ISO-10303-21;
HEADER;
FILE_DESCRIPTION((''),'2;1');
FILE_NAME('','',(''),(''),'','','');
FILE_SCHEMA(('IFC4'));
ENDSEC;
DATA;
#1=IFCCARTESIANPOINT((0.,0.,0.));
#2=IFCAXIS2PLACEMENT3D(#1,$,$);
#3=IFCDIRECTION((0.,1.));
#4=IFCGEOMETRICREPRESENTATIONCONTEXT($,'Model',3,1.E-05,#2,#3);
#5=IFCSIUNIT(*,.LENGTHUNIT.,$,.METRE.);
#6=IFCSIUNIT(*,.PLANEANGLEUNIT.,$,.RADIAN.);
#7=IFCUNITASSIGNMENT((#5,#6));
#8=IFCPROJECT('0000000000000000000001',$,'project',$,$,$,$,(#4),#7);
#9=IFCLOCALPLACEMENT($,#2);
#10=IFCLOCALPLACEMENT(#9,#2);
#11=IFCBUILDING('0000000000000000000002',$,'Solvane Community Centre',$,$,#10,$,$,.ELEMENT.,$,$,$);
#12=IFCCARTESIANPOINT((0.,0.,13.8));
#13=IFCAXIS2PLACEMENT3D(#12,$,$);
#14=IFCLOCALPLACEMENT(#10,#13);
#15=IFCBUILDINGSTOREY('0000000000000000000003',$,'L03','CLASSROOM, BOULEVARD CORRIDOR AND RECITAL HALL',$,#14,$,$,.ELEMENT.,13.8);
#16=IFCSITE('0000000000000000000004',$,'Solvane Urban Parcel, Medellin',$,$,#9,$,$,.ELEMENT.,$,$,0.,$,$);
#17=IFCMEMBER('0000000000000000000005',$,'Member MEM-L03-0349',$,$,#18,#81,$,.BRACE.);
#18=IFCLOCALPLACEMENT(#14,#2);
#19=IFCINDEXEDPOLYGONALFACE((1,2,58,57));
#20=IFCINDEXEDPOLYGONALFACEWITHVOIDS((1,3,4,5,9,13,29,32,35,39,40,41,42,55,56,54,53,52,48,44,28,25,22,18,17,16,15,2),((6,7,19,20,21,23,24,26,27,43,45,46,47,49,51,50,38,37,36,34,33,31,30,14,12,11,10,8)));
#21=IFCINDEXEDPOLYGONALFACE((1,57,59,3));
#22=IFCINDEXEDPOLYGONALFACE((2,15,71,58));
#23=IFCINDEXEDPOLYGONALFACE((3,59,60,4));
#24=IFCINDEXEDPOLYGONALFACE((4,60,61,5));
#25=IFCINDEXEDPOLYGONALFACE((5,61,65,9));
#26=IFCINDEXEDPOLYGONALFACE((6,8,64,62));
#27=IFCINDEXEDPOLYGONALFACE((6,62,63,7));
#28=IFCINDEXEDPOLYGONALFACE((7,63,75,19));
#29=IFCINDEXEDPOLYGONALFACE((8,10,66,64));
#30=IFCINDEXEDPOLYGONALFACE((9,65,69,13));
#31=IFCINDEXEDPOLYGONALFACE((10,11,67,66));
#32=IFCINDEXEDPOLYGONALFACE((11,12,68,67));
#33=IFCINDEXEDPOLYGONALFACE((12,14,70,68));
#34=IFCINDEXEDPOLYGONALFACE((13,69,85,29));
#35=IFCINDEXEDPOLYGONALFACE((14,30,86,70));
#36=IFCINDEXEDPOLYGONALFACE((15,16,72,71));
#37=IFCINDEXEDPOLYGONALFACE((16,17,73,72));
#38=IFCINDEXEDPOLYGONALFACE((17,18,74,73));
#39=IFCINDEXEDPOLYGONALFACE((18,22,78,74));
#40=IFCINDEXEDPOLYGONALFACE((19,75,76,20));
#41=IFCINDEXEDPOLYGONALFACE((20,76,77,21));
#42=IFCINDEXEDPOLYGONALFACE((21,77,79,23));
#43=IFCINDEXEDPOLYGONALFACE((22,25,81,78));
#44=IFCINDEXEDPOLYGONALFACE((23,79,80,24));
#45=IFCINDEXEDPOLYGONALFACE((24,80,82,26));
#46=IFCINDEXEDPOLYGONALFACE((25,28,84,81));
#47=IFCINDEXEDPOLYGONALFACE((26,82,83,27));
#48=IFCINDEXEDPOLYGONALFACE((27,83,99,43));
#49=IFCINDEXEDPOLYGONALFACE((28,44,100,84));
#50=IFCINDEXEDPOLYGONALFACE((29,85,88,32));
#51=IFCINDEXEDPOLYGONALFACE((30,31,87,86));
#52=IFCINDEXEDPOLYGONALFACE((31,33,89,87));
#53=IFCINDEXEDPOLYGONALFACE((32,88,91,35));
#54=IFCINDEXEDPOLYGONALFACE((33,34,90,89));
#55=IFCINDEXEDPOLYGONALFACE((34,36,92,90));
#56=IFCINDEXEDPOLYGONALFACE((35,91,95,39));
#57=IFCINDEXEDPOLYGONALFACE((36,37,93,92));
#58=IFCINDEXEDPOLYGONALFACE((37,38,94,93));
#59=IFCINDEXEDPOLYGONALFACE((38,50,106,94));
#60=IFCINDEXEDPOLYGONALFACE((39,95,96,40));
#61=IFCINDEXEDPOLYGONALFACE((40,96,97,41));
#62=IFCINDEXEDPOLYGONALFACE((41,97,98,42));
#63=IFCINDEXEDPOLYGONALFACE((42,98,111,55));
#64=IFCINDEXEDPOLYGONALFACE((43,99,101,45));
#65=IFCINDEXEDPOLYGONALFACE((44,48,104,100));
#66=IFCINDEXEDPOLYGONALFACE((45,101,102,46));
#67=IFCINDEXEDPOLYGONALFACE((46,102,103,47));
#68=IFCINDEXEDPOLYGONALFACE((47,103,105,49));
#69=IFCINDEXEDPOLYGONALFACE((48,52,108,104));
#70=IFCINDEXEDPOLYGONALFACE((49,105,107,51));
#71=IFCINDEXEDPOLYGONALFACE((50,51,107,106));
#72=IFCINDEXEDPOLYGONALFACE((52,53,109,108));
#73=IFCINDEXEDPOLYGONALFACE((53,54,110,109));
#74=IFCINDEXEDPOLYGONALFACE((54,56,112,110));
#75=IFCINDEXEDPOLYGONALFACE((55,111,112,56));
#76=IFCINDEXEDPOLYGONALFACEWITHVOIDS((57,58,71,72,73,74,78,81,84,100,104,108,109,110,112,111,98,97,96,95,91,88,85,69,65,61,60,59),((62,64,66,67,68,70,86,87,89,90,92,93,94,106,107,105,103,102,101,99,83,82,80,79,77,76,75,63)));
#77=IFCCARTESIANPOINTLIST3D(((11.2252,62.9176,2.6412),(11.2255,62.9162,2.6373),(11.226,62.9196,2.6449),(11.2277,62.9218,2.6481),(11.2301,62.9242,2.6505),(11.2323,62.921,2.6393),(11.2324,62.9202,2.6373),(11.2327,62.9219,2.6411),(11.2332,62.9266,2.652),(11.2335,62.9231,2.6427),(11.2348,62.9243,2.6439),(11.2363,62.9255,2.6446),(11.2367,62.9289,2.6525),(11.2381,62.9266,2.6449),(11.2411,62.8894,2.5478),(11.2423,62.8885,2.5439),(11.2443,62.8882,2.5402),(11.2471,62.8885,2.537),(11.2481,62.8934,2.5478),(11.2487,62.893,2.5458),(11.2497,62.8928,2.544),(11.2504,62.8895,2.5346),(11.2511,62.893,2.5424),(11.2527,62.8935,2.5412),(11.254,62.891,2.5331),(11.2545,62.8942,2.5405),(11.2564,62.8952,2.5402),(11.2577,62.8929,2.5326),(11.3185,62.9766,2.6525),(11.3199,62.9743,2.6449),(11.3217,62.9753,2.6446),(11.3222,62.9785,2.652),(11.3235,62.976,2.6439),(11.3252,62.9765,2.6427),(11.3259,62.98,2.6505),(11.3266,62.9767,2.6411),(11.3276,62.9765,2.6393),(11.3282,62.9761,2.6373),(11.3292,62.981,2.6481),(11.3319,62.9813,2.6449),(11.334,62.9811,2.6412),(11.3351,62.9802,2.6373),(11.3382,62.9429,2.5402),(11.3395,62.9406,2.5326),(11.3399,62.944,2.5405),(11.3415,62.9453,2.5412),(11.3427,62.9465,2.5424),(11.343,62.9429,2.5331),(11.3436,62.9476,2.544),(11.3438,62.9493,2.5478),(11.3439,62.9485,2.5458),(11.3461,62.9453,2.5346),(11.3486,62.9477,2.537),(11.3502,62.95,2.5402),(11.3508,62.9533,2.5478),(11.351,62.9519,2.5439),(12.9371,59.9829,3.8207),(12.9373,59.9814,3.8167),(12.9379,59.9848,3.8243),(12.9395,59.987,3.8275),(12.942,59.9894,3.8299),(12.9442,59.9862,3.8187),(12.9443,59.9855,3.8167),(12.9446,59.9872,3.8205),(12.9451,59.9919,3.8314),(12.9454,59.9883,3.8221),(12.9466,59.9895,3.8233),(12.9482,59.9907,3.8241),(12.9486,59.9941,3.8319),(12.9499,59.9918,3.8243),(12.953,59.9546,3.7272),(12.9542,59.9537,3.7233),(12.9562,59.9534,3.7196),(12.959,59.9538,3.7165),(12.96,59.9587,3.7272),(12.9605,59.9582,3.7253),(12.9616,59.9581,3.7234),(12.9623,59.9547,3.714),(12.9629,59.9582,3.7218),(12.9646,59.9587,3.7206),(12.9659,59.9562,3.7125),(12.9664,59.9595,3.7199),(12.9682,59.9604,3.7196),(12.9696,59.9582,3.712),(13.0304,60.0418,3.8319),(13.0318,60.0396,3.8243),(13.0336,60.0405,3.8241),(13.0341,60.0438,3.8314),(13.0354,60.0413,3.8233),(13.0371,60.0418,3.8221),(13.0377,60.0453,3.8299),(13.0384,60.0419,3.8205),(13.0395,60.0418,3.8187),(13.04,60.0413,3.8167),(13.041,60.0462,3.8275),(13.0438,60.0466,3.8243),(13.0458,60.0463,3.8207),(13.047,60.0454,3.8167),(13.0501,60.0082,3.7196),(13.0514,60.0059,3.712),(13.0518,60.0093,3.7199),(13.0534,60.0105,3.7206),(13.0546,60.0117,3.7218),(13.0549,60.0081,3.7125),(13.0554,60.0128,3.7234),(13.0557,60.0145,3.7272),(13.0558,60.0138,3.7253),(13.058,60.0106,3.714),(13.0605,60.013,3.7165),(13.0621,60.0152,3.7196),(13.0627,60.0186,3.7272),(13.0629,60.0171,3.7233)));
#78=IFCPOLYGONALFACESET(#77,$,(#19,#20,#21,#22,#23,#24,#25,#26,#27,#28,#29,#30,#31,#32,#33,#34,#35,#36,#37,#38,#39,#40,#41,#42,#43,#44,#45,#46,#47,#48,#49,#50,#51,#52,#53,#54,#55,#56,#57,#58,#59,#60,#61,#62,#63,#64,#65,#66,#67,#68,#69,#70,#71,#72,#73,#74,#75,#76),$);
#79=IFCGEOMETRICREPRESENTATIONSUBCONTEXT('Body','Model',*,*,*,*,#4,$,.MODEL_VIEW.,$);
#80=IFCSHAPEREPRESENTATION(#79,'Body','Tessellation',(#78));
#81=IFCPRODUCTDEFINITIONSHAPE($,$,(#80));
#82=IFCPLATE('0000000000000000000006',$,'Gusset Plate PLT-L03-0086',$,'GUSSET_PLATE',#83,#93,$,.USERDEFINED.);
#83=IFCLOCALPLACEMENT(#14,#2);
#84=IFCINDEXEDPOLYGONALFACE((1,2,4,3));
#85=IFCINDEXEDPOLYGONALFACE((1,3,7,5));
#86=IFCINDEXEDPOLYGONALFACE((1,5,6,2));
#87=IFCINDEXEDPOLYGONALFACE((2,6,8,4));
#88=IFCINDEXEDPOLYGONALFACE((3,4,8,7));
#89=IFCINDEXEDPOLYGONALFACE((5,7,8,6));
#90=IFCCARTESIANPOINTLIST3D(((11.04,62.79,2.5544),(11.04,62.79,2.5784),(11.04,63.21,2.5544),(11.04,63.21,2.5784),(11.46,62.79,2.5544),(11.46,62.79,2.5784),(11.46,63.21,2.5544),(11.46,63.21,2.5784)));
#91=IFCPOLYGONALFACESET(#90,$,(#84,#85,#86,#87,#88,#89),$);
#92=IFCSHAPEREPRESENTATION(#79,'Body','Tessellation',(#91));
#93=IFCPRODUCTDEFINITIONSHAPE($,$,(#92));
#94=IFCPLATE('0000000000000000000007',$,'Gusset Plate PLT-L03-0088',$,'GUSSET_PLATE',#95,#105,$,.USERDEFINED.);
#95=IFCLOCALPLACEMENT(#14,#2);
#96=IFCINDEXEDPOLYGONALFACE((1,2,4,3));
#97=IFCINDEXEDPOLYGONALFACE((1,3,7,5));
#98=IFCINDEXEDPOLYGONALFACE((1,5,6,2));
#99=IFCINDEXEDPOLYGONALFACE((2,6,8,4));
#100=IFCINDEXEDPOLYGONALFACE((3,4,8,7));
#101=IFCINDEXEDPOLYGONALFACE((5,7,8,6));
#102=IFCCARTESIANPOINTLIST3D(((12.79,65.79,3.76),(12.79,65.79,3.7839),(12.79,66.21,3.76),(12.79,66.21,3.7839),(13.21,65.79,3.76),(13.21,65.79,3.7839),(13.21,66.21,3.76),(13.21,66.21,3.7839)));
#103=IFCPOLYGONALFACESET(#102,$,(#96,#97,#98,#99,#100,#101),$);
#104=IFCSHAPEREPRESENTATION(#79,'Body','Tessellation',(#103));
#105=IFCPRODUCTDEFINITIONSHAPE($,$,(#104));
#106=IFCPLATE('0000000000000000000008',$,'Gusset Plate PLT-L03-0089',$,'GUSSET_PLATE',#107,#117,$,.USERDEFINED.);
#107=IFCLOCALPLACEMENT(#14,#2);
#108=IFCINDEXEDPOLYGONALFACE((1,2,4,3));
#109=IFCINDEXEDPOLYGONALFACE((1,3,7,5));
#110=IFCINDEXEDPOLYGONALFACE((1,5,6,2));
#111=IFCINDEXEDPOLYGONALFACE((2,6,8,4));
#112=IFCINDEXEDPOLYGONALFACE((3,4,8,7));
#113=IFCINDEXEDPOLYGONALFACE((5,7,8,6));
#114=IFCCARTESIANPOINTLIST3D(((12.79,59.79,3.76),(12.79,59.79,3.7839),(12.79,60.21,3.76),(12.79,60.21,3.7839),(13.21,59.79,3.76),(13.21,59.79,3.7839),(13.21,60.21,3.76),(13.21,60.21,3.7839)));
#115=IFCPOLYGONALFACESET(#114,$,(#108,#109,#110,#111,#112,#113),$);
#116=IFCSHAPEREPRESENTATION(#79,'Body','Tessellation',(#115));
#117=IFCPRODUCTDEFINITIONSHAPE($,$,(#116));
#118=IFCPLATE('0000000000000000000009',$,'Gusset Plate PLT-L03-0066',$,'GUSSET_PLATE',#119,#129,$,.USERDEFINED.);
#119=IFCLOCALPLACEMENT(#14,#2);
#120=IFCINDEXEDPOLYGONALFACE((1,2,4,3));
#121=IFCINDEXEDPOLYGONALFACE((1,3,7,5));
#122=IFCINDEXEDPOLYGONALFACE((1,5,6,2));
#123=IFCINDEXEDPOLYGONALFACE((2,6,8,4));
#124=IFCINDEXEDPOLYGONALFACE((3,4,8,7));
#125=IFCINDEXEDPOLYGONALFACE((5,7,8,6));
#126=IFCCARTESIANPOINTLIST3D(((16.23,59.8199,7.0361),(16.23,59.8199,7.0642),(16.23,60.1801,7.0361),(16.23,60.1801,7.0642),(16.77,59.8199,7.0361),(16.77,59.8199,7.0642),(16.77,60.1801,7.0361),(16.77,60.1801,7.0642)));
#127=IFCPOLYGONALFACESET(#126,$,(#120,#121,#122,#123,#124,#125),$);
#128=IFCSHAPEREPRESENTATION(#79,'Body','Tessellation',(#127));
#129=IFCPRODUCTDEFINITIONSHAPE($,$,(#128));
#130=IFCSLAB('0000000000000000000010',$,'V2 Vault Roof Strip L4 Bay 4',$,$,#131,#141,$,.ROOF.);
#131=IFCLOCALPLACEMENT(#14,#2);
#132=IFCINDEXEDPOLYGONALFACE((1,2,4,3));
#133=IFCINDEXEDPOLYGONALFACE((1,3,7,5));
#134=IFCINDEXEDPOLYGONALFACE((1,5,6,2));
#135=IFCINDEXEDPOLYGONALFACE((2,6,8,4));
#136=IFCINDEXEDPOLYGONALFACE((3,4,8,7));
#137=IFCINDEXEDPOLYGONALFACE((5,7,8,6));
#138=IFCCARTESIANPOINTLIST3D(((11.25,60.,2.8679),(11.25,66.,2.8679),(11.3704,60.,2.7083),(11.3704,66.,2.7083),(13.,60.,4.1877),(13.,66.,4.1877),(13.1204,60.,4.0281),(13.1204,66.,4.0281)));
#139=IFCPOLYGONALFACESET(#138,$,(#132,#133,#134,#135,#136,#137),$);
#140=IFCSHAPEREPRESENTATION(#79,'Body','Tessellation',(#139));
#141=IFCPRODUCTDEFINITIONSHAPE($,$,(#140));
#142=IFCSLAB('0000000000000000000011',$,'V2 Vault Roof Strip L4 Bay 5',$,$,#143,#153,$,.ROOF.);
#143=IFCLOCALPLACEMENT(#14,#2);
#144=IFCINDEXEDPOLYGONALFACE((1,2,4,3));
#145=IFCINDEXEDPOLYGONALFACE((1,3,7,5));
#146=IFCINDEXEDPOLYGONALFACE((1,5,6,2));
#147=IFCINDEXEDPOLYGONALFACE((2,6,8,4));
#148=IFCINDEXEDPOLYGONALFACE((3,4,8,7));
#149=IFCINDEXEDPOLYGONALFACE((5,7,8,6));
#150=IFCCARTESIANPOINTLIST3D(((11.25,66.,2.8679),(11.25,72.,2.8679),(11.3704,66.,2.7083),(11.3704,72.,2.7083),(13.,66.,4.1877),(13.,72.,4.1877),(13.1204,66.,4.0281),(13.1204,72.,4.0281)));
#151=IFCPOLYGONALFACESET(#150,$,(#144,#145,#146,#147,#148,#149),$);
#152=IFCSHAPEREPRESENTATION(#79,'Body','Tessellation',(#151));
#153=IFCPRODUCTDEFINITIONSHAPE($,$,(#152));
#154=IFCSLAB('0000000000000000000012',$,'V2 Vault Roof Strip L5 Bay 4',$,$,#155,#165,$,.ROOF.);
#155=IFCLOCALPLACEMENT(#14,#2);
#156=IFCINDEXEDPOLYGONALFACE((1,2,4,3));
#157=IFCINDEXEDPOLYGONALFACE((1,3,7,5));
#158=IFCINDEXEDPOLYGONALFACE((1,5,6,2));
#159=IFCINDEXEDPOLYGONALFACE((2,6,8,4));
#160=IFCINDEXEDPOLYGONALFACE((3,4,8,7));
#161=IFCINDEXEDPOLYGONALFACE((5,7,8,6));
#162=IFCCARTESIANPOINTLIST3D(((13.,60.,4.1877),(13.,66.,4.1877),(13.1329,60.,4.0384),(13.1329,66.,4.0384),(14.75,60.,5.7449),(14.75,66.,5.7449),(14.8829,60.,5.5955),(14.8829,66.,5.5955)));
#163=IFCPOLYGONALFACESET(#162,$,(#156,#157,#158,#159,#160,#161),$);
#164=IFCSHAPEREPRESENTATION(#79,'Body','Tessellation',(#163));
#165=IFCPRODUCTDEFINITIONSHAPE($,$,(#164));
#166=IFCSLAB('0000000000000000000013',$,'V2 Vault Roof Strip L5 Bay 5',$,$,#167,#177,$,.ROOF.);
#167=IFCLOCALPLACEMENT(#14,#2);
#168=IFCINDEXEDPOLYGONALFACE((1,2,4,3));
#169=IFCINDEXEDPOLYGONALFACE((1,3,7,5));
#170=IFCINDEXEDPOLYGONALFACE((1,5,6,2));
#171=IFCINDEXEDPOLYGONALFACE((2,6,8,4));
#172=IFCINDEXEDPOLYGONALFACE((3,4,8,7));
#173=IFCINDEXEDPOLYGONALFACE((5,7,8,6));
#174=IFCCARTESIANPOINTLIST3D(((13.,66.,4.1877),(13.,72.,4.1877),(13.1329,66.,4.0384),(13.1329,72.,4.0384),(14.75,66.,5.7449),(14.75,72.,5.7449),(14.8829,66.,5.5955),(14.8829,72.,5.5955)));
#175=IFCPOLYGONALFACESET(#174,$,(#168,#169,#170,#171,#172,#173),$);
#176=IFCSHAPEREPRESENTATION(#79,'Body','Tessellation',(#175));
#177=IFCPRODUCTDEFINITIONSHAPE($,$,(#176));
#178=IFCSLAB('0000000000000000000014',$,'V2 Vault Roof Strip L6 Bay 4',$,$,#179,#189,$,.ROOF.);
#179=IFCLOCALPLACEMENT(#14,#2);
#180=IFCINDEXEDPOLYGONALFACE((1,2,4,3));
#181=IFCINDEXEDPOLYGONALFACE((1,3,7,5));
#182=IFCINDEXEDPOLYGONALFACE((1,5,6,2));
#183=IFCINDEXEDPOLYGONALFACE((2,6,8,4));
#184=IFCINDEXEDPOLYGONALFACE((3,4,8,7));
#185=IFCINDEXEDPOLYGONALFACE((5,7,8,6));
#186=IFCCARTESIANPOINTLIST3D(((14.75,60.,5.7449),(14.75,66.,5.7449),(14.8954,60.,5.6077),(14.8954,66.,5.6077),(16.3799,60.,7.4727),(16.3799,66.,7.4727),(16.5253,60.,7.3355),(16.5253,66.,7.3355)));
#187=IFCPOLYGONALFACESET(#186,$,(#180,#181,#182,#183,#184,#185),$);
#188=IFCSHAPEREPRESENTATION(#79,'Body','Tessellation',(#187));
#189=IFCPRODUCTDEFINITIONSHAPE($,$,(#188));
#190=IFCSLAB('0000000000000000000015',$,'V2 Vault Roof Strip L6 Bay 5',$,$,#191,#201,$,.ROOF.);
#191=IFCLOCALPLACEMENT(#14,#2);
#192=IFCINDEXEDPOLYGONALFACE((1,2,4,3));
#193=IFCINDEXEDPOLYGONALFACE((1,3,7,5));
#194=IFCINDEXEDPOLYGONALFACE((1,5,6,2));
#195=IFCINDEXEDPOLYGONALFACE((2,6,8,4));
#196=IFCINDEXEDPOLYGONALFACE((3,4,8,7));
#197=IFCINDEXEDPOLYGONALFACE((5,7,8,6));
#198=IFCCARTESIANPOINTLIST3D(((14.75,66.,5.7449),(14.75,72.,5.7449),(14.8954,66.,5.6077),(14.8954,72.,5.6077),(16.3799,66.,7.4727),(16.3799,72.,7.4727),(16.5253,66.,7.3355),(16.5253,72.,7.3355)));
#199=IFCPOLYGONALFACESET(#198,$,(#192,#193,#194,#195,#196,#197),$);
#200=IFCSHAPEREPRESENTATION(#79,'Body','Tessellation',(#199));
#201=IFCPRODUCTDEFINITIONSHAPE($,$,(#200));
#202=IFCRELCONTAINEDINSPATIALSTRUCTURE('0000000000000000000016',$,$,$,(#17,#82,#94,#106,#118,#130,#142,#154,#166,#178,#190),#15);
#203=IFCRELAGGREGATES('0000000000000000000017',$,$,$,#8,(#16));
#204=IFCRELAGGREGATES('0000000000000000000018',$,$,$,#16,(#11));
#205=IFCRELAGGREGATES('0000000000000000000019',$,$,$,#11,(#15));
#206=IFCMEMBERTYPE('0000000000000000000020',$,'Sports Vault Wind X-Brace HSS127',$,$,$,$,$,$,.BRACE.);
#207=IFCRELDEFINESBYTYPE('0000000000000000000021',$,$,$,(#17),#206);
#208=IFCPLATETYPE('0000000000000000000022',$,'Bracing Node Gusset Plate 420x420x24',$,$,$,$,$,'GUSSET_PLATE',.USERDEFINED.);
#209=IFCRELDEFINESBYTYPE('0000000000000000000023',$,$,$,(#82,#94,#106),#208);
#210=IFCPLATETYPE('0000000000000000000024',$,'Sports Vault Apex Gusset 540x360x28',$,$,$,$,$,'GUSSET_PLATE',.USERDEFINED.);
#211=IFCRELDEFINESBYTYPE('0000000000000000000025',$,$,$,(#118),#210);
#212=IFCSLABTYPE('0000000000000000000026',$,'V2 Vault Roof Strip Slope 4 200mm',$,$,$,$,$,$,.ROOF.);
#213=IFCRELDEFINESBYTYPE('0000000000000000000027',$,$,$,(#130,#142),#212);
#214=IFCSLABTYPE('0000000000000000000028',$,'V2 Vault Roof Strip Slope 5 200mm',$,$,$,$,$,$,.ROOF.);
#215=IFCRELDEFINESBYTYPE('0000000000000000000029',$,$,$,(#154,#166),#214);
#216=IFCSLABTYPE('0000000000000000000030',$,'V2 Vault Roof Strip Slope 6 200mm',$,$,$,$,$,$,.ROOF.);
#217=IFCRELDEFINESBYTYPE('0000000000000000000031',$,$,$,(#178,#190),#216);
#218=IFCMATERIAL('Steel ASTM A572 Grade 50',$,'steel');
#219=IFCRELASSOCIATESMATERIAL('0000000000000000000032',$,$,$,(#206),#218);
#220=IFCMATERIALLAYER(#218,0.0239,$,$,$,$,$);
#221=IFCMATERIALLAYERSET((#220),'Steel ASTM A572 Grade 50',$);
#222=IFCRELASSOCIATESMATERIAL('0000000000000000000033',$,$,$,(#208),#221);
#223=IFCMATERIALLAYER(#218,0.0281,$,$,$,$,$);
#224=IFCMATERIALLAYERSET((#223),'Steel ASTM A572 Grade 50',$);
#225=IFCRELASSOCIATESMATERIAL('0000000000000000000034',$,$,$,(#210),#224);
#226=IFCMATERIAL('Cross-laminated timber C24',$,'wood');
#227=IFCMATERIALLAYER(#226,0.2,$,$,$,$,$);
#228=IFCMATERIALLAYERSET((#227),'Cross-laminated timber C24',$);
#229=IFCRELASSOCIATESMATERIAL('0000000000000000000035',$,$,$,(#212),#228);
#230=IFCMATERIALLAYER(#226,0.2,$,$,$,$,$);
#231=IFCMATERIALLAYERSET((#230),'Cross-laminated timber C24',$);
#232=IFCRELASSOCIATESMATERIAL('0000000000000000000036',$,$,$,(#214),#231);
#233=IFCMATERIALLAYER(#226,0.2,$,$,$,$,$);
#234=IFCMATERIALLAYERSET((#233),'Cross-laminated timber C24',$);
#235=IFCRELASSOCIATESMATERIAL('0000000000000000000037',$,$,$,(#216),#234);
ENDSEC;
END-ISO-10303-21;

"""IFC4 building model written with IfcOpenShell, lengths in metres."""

from ifc_helpers import new_model, si_unit, direction, frame, origin, origin_2d, place, context, subcontext, project, spatial, polyline, rectangle, hollow_rectangle, outline, extrude, material, layer, layer_set, material_profile, profile_set, type_object, element, save


model = new_model("IFC4")

# Units and contexts
model_context = context("Model", 3, precision=1e-05, world=origin(), true_north=direction((0.0, 1.0)))
body_context = subcontext(model_context, "Body", "Model", "MODEL_VIEW")
ifc_project = project(units=[si_unit("LENGTHUNIT", "METRE"), si_unit("PLANEANGLEUNIT", "RADIAN")], contexts=[model_context])

# Site, building, storey
site_placement = place(None, origin())
site = spatial("IfcSite", under=ifc_project, at=site_placement, Name="Solvane Urban Parcel, Medellin", CompositionType="ELEMENT", RefElevation=0.0)
building_placement = place(site_placement, origin())
building = spatial("IfcBuilding", under=site, at=building_placement, Name="Solvane Community Centre", CompositionType="ELEMENT")
storey_placement = place(building_placement, frame((0.0, 0.0, 13.8)))
storey = spatial("IfcBuildingStorey", under=building, at=storey_placement, Name="L03", Description="CLASSROOM, BOULEVARD CORRIDOR AND RECITAL HALL", CompositionType="ELEMENT", Elevation=13.8)

# Member
ifc_material_1 = material(Name="Steel ASTM A572 Grade 50", Category="steel")
ifc_material_profile_1 = material_profile(ifc_material_1, hollow_rectangle(XDim=0.127, YDim=0.127, WallThickness=0.0081, InnerFilletRadius=0.0081, OuterFilletRadius=0.0161, at=origin_2d()), Name="HSS 127x127x8.0")
ifc_profile_set_1 = profile_set([ifc_material_profile_1], Name="Steel ASTM A572 Grade 50")
member_type_1 = type_object("IfcMemberType", Name="Sports Vault Wind X-Brace HSS127", PredefinedType="BRACE", material=ifc_profile_set_1)
member_1_placement = place(storey_placement, frame((13.0, 60.0, 3.772), z_axis=(-0.475993, 0.816018, -0.327941), x_axis=(-0.863787, -0.503858, 0.0)))
element("IfcMember", 1, at=member_1_placement, inside=storey, type_object=member_type_1, Name="Member MEM-L03-0349", PredefinedType="BRACE", context=body_context, shape_type="SweptSolid", body=[
    extrude(hollow_rectangle(XDim=0.127, YDim=0.127, WallThickness=0.0081, InnerFilletRadius=0.0081, OuterFilletRadius=0.0161, at=origin_2d()), origin(), (0.0, 0.0, 1.0), 3.5964),
])

# Plates
ifc_layer_1 = layer(ifc_material_1, 0.0239)
ifc_layer_set_1 = layer_set([ifc_layer_1], Name="Steel ASTM A572 Grade 50")
plate_type_1 = type_object("IfcPlateType", Name="Bracing Node Gusset Plate 420x420x24", ElementType="GUSSET_PLATE", PredefinedType="USERDEFINED", material=ifc_layer_set_1)
for number, where, z_axis, x_axis, name in (
    (2, (11.25, 63.0, 2.5544), (0.0, 0.0, 1.0), (1.0, 0.0, 0.0), "Gusset Plate PLT-L03-0086"),
    (3, (13.0, 66.0, 3.76), (0.0, 0.0, 1.0), (1.0, 0.0, 0.0), "Gusset Plate PLT-L03-0088"),
    (4, (13.0, 60.0, 3.76), (0.0, 0.0, 1.0), (1.0, 0.0, 0.0), "Gusset Plate PLT-L03-0089"),
):
    element("IfcPlate", number, at=place(storey_placement, frame(where, z_axis=z_axis, x_axis=x_axis)), inside=storey, type_object=plate_type_1, Name=name, ObjectType="GUSSET_PLATE", PredefinedType="USERDEFINED", context=body_context, shape_type="SweptSolid", body=[
        extrude(rectangle(XDim=0.4199, YDim=0.4199, at=origin_2d()), origin(), (0.0, 0.0, 1.0), 0.0239),
    ])
ifc_layer_2 = layer(ifc_material_1, 0.0281)
ifc_layer_set_2 = layer_set([ifc_layer_2], Name="Steel ASTM A572 Grade 50")
plate_type_2 = type_object("IfcPlateType", Name="Sports Vault Apex Gusset 540x360x28", ElementType="GUSSET_PLATE", PredefinedType="USERDEFINED", material=ifc_layer_set_2)
plate_placement = place(storey_placement, frame((16.5, 60.0, 7.0361), z_axis=(0.0, 0.0, 1.0), x_axis=(1.0, 0.0, 0.0)))
element("IfcPlate", 5, at=plate_placement, inside=storey, type_object=plate_type_2, Name="Gusset Plate PLT-L03-0066", ObjectType="GUSSET_PLATE", PredefinedType="USERDEFINED", context=body_context, shape_type="SweptSolid", body=[
    extrude(rectangle(XDim=0.54, YDim=0.3601, at=origin_2d()), origin(), (0.0, 0.0, 1.0), 0.0281),
])

# Slabs
ifc_material_2 = material(Name="Cross-laminated timber C24", Category="wood")
ifc_layer_3 = layer(ifc_material_2, 0.2)
ifc_layer_set_3 = layer_set([ifc_layer_3], Name="Cross-laminated timber C24")
slab_type_1 = type_object("IfcSlabType", Name="V2 Vault Roof Strip Slope 4 200mm", PredefinedType="ROOF", material=ifc_layer_set_3)
for number, where, z_axis, x_axis, name in (
    (6, (11.25, 60.0, 2.8679), (-0.602136, 0.0, 0.798393), (0.798393, 0.0, 0.602136), "V2 Vault Roof Strip L4 Bay 4"),
    (7, (11.25, 66.0, 2.8679), (-0.602136, 0.0, 0.798393), (0.798393, 0.0, 0.602136), "V2 Vault Roof Strip L4 Bay 5"),
):
    element("IfcSlab", number, at=place(storey_placement, frame(where, z_axis=z_axis, x_axis=x_axis)), inside=storey, type_object=slab_type_1, Name=name, PredefinedType="ROOF", context=body_context, shape_type="SweptSolid", body=[
        extrude(outline(polyline([(0.0, 0.0), (2.1919, 0.0), (2.1919, 6.0), (0.0, 6.0), (0.0, 0.0)])), origin(), (0.0, 0.0, -1.0), 0.2),
    ])
ifc_layer_4 = layer(ifc_material_2, 0.2)
ifc_layer_set_4 = layer_set([ifc_layer_4], Name="Cross-laminated timber C24")
slab_type_2 = type_object("IfcSlabType", Name="V2 Vault Roof Strip Slope 5 200mm", PredefinedType="ROOF", material=ifc_layer_set_4)
for number, where, z_axis, x_axis, name in (
    (8, (13.0, 60.0, 4.1877), (-0.664739, 0.0, 0.747076), (0.747076, 0.0, 0.664739), "V2 Vault Roof Strip L5 Bay 4"),
    (9, (13.0, 66.0, 4.1877), (-0.664739, 0.0, 0.747076), (0.747076, 0.0, 0.664739), "V2 Vault Roof Strip L5 Bay 5"),
):
    element("IfcSlab", number, at=place(storey_placement, frame(where, z_axis=z_axis, x_axis=x_axis)), inside=storey, type_object=slab_type_2, Name=name, PredefinedType="ROOF", context=body_context, shape_type="SweptSolid", body=[
        extrude(outline(polyline([(0.0, 0.0), (2.3425, 0.0), (2.3425, 6.0), (0.0, 6.0), (0.0, 0.0)])), origin(), (0.0, 0.0, -1.0), 0.2),
    ])
ifc_layer_5 = layer(ifc_material_2, 0.2)
ifc_layer_set_5 = layer_set([ifc_layer_5], Name="Cross-laminated timber C24")
slab_type_3 = type_object("IfcSlabType", Name="V2 Vault Roof Strip Slope 6 200mm", PredefinedType="ROOF", material=ifc_layer_set_5)
for number, where, z_axis, x_axis, name in (
    (10, (14.75, 60.0, 5.7449), (-0.727415, 0.0, 0.686198), (0.686198, 0.0, 0.727415), "V2 Vault Roof Strip L6 Bay 4"),
    (11, (14.75, 66.0, 5.7449), (-0.727415, 0.0, 0.686198), (0.686198, 0.0, 0.727415), "V2 Vault Roof Strip L6 Bay 5"),
):
    element("IfcSlab", number, at=place(storey_placement, frame(where, z_axis=z_axis, x_axis=x_axis)), inside=storey, type_object=slab_type_3, Name=name, PredefinedType="ROOF", context=body_context, shape_type="SweptSolid", body=[
        extrude(outline(polyline([(0.0, 0.0), (2.3752, 0.0), (2.3752, 6.0), (0.0, 6.0), (0.0, 0.0)])), origin(), (0.0, 0.0, -1.0), 0.2),
    ])

save(model, "model.ifc")
